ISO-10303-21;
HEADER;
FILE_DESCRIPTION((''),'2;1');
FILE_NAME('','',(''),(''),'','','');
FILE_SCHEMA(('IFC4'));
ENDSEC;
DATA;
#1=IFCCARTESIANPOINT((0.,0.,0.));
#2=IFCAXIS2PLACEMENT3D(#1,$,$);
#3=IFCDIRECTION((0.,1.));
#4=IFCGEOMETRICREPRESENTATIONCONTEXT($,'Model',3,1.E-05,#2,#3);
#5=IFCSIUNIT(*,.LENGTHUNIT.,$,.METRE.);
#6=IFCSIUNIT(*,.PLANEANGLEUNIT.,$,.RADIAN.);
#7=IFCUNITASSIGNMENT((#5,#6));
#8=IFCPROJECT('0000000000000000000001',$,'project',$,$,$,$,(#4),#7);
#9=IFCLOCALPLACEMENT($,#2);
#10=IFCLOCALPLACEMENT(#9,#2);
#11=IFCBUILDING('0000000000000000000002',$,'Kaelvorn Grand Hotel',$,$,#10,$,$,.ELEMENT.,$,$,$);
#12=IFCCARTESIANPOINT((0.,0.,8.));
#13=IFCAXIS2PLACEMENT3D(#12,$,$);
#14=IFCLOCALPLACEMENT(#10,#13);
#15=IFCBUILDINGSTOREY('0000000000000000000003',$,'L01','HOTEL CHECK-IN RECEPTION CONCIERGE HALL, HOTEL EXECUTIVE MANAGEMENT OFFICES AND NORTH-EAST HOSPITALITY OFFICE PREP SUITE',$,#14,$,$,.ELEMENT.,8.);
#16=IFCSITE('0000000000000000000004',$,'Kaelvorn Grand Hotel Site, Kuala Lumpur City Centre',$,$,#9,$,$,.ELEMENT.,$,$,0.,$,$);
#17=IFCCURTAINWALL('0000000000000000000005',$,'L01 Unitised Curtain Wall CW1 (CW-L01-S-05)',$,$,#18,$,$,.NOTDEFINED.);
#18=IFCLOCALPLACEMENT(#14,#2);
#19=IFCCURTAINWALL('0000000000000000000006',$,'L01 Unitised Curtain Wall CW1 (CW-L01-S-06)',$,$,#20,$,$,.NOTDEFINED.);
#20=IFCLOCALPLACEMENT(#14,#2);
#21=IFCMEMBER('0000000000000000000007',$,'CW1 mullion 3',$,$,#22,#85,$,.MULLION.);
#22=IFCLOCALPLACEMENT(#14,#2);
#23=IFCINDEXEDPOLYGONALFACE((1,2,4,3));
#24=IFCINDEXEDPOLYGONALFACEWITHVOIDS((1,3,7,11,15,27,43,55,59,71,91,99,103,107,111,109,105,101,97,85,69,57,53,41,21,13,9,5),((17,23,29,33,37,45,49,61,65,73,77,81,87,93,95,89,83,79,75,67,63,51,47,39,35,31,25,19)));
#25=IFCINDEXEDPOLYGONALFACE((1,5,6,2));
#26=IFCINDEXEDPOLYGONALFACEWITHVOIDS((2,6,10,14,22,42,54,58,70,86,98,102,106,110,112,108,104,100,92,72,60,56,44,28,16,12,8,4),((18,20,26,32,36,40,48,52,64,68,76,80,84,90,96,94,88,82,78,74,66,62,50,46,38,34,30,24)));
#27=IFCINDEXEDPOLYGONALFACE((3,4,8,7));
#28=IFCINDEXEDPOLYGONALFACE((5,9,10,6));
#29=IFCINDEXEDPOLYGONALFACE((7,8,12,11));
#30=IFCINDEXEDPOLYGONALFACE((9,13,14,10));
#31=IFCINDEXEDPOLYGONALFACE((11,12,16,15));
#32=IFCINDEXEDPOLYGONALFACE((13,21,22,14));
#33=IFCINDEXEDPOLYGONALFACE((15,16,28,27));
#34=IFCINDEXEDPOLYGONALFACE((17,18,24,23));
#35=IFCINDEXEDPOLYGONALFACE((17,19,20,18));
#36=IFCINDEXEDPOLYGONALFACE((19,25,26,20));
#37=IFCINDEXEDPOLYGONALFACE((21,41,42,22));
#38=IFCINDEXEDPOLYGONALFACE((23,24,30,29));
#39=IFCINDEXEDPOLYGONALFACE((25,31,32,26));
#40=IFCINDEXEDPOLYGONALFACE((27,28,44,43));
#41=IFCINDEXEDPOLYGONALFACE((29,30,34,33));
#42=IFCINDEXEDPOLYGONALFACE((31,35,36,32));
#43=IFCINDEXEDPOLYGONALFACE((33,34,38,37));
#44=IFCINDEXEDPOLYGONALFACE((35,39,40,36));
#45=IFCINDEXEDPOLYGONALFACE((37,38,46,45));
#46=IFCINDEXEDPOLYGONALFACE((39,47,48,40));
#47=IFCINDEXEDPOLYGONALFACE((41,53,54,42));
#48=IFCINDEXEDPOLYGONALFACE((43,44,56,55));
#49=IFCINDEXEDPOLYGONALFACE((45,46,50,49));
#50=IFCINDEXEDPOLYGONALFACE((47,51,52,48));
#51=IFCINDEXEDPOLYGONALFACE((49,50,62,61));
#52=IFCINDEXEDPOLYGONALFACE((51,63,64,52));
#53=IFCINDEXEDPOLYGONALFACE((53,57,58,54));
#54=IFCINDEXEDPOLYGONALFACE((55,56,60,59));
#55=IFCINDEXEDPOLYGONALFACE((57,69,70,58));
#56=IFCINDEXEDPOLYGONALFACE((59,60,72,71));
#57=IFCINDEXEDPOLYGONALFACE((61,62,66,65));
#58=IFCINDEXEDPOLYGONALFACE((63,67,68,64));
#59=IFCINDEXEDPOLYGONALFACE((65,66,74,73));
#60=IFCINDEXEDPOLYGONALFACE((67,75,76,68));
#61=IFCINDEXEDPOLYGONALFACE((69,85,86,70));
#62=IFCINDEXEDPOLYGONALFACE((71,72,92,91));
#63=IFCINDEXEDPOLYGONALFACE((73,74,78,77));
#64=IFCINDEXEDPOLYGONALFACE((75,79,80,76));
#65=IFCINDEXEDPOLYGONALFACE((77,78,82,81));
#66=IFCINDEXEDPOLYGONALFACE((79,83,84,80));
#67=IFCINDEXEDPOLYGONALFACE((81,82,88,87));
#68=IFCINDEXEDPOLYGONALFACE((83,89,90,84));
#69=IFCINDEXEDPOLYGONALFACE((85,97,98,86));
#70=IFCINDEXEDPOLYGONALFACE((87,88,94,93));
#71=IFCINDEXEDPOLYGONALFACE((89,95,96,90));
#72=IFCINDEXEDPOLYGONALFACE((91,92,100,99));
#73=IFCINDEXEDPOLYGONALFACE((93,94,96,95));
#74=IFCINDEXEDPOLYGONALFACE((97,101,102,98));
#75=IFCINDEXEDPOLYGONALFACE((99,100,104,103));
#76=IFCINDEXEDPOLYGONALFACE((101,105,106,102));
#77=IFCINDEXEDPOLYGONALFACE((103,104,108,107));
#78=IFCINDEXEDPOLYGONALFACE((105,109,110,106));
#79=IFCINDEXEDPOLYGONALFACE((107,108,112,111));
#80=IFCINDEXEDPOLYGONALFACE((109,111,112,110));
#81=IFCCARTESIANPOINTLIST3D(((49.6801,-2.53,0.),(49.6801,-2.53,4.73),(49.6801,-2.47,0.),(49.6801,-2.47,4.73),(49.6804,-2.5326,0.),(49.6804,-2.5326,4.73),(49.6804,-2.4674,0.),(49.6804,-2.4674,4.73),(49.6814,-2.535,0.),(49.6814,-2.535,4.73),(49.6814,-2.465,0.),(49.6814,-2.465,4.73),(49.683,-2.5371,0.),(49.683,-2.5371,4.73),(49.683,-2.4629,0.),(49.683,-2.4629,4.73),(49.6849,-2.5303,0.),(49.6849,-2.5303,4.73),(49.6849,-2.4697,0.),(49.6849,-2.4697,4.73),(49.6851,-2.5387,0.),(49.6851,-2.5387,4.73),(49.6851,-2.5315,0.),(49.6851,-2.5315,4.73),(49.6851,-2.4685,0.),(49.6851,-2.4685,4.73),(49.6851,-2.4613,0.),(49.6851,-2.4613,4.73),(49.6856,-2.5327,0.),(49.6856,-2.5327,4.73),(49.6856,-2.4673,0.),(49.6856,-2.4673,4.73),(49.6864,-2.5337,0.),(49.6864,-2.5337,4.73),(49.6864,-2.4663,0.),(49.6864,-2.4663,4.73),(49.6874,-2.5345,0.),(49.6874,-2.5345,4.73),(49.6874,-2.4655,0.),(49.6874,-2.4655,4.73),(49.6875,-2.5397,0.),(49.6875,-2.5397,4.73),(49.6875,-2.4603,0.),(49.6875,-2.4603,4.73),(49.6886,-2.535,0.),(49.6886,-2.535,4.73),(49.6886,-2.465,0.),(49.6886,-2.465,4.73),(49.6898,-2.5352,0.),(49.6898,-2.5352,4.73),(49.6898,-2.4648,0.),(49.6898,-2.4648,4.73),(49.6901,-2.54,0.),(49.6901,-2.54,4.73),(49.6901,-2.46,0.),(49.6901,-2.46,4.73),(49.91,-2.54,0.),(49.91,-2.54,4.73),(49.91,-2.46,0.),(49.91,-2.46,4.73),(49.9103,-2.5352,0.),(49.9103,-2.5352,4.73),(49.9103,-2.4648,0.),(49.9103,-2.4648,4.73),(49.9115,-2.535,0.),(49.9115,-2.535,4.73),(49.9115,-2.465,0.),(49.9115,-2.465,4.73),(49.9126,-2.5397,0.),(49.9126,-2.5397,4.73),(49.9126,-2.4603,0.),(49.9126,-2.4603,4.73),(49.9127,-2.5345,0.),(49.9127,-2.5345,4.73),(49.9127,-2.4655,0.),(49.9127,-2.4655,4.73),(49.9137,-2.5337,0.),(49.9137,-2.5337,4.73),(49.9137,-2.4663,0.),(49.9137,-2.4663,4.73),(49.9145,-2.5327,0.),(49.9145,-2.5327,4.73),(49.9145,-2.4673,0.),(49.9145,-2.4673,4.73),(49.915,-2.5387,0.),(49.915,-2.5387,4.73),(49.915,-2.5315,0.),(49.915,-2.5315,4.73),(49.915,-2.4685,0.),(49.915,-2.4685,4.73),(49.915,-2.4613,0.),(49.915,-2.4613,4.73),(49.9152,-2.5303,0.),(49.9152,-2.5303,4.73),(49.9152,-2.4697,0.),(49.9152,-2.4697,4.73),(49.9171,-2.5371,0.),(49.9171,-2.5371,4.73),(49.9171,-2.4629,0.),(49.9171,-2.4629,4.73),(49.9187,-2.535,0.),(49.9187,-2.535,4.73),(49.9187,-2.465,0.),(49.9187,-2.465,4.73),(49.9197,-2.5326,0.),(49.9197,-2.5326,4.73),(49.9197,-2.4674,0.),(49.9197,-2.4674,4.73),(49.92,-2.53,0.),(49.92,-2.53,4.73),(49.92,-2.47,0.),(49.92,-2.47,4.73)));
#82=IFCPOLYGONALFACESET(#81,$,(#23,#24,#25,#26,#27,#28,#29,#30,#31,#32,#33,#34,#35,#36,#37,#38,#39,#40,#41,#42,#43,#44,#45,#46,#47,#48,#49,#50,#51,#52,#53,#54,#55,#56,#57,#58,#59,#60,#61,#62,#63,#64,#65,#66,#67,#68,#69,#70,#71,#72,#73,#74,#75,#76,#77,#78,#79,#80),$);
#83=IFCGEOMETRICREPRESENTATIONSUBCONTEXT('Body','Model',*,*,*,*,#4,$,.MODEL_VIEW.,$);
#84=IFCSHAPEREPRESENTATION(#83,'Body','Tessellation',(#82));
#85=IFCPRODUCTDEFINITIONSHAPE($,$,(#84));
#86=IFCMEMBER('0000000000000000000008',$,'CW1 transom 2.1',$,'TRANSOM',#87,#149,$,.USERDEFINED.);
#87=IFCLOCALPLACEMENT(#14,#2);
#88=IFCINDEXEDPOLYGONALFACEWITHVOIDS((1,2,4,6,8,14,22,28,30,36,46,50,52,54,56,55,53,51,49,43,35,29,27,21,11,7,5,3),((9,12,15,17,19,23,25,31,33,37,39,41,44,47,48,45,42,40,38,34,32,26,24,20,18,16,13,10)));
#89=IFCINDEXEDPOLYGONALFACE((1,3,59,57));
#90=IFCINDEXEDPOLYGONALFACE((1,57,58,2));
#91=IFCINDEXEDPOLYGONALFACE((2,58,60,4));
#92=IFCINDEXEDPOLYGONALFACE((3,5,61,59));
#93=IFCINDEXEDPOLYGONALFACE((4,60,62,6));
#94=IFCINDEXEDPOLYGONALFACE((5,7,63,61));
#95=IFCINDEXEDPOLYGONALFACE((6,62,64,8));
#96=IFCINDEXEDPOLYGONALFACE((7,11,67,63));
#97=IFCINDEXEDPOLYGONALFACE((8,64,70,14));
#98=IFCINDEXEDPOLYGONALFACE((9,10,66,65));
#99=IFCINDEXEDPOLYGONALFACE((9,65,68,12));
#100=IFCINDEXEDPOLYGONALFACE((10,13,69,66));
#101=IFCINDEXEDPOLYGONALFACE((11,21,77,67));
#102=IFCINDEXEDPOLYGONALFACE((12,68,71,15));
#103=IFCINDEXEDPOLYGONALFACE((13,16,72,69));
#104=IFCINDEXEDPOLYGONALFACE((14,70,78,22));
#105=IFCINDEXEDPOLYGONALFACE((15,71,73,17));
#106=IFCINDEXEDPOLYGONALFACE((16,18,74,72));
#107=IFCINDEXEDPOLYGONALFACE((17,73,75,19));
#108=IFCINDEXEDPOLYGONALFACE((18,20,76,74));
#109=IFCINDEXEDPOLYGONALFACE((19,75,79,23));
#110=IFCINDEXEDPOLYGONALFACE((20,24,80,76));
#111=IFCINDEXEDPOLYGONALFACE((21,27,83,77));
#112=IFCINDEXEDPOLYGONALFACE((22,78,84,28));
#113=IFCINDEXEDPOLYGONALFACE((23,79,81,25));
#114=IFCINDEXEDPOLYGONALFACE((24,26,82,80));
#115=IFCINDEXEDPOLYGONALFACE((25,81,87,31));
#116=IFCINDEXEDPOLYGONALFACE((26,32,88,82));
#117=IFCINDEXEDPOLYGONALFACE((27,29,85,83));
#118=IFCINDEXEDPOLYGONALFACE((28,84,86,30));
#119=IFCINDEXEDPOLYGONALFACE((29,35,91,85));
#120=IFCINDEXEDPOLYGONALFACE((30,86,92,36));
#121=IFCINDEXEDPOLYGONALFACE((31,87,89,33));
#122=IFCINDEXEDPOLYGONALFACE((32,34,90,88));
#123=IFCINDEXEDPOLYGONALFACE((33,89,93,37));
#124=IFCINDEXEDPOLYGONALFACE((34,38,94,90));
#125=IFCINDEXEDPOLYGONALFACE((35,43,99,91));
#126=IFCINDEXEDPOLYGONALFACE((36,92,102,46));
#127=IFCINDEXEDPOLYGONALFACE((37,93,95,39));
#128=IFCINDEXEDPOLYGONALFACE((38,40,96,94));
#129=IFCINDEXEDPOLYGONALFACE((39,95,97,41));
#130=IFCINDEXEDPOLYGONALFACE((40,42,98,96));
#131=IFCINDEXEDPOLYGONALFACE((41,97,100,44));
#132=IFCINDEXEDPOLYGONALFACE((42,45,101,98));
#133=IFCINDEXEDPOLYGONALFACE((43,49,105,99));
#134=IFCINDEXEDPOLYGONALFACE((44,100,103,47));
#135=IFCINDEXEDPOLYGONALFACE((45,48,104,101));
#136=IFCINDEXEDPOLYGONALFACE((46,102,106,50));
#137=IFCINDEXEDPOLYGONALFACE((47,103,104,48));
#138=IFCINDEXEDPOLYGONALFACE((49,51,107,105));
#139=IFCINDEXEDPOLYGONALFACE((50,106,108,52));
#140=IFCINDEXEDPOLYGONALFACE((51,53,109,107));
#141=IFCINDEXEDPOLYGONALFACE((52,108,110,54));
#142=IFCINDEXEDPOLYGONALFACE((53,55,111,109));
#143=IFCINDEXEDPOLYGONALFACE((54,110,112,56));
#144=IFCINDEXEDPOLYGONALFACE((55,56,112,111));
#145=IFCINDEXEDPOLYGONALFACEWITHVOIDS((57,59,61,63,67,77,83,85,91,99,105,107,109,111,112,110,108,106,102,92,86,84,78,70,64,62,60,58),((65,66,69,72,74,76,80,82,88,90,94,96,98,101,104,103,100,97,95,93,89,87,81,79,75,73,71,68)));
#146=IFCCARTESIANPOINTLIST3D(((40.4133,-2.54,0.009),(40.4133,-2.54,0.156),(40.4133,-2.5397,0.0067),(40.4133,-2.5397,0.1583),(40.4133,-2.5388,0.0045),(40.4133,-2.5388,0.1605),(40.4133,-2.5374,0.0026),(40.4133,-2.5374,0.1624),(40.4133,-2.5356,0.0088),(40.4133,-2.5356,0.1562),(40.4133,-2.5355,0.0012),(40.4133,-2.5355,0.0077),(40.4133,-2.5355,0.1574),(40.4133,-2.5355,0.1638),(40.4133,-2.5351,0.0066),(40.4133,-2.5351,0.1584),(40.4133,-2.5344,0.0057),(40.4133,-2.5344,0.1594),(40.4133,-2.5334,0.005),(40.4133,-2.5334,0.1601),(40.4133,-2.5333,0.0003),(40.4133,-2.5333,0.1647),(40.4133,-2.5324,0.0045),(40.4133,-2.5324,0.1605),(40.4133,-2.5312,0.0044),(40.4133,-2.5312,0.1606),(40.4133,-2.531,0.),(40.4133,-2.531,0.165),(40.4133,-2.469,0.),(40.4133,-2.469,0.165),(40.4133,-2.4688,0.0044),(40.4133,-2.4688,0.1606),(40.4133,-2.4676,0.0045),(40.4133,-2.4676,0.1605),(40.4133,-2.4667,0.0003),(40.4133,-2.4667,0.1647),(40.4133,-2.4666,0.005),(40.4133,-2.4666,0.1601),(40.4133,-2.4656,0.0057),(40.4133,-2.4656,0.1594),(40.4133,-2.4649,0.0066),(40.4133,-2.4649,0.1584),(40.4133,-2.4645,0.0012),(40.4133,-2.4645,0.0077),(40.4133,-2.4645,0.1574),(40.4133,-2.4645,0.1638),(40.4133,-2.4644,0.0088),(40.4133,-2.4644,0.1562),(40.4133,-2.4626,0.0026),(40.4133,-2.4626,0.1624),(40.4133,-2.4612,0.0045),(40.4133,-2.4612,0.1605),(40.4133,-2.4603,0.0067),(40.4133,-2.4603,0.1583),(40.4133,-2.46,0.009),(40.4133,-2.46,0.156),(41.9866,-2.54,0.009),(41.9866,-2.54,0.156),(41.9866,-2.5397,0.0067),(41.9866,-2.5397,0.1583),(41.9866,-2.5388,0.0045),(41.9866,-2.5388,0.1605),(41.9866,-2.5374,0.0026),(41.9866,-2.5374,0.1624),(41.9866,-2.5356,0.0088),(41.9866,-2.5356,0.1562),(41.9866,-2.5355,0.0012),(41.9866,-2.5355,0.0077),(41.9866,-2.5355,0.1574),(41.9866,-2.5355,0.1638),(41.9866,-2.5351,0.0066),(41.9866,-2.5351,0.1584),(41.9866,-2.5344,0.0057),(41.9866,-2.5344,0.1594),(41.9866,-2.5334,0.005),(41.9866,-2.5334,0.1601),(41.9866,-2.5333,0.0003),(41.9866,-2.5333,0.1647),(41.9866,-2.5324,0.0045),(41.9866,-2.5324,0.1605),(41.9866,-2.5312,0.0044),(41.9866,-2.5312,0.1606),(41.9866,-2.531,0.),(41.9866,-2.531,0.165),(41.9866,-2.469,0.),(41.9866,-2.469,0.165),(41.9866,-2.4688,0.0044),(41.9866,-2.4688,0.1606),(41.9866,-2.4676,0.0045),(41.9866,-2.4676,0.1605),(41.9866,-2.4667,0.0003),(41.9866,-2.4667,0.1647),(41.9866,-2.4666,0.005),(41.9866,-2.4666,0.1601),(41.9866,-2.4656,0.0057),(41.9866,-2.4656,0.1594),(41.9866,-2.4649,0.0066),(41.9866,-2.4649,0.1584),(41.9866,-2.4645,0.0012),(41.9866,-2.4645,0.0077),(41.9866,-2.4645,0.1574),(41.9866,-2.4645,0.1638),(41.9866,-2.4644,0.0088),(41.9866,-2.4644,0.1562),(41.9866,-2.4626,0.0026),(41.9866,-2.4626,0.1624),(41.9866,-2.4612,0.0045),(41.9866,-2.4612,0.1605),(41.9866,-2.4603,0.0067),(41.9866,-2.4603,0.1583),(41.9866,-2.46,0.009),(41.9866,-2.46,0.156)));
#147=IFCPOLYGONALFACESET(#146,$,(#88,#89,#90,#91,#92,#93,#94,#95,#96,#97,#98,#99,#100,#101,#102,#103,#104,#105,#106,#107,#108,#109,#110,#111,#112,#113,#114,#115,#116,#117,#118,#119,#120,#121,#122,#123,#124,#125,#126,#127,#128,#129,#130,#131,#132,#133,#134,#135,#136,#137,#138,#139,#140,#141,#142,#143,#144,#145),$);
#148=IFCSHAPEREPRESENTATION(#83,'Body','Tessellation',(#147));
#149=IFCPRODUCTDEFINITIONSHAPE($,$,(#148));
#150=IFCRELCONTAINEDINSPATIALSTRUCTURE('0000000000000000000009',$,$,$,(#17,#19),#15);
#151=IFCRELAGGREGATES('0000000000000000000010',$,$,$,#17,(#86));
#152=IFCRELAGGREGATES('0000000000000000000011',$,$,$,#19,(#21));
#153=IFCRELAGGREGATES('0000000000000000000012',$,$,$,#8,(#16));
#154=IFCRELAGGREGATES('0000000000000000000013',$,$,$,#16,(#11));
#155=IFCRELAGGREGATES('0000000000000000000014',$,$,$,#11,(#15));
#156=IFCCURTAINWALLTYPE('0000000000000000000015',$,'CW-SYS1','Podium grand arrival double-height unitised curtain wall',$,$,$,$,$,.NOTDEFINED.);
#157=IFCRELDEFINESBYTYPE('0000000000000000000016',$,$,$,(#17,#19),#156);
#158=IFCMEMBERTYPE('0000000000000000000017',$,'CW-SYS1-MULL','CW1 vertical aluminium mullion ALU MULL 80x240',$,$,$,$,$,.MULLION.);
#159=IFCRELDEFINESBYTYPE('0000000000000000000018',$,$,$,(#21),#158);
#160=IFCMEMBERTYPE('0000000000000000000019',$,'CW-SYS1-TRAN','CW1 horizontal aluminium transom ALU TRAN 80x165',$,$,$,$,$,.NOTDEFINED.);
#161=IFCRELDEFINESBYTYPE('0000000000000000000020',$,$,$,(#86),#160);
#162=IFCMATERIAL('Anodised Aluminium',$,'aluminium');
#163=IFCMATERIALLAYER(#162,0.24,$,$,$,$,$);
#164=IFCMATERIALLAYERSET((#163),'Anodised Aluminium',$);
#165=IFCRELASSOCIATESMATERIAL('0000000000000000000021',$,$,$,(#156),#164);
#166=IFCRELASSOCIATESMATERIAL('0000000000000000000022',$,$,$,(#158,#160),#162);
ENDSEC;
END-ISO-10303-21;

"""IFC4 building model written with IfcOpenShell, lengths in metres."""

from ifc_helpers import new_model, si_unit, direction, frame, origin, origin_2d, place, context, subcontext, project, spatial, hollow_rectangle, extrude, material, layer, layer_set, material_profile, profile_set, type_object, element, aggregate, save


model = new_model("IFC4")

# Units and contexts
model_context = context("Model", 3, precision=1e-05, world=origin(), true_north=direction((0.0, 1.0)))
body_context = subcontext(model_context, "Body", "Model", "MODEL_VIEW")
ifc_project = project(units=[si_unit("LENGTHUNIT", "METRE"), si_unit("PLANEANGLEUNIT", "RADIAN")], contexts=[model_context])

# Site, building, storey
site_placement = place(None, origin())
site = spatial("IfcSite", under=ifc_project, at=site_placement, Name="Kaelvorn Grand Hotel Site, Kuala Lumpur City Centre", CompositionType="ELEMENT", RefElevation=0.0)
building_placement = place(site_placement, origin())
building = spatial("IfcBuilding", under=site, at=building_placement, Name="Kaelvorn Grand Hotel", CompositionType="ELEMENT")
storey_placement = place(building_placement, frame((0.0, 0.0, 8.0)))
storey = spatial("IfcBuildingStorey", under=building, at=storey_placement, Name="L01", Description="HOTEL CHECK-IN RECEPTION CONCIERGE HALL, HOTEL EXECUTIVE MANAGEMENT OFFICES AND NORTH-EAST HOSPITALITY OFFICE PREP SUITE", CompositionType="ELEMENT", Elevation=8.0)

# Curtain walls, member
ifc_material_1 = material(Name="Anodised Aluminium", Category="aluminium")
ifc_layer_1 = layer(ifc_material_1, 0.24)
ifc_layer_set_1 = layer_set([ifc_layer_1], Name="Anodised Aluminium")
curtain_wall_type = type_object("IfcCurtainWallType", Name="CW-SYS1", Description="Podium grand arrival double-height unitised curtain wall", PredefinedType="NOTDEFINED", material=ifc_layer_set_1)
curtain_wall_1_placement = place(storey_placement, origin())
curtain_wall_1 = element("IfcCurtainWall", 1, at=curtain_wall_1_placement, inside=storey, type_object=curtain_wall_type, Name="L01 Unitised Curtain Wall CW1 (CW-L01-S-05)", PredefinedType="NOTDEFINED")
ifc_material_profile_1 = material_profile(ifc_material_1, hollow_rectangle(XDim=0.0801, YDim=0.24, WallThickness=0.0049, InnerFilletRadius=0.0049, OuterFilletRadius=0.01, at=origin_2d()), Name="ALU MULL 80x240")
ifc_profile_set_1 = profile_set([ifc_material_profile_1], Name="Anodised Aluminium")
member_type_1 = type_object("IfcMemberType", Name="CW-SYS1-MULL", Description="CW1 vertical aluminium mullion ALU MULL 80x240", PredefinedType="MULLION", material=ifc_profile_set_1)
curtain_wall_2_placement = place(storey_placement, origin())
curtain_wall_2 = element("IfcCurtainWall", 2, at=curtain_wall_2_placement, inside=storey, type_object=curtain_wall_type, Name="L01 Unitised Curtain Wall CW1 (CW-L01-S-06)", PredefinedType="NOTDEFINED")
member_1_placement = place(storey_placement, frame((49.8, -2.5, 0.0), z_axis=(0.0, 0.0, 1.0), x_axis=(0.0, 1.0, 0.0)))
member_1 = element("IfcMember", 3, at=member_1_placement, type_object=member_type_1, Name="CW1 mullion 3", PredefinedType="MULLION", context=body_context, shape_type="SweptSolid", body=[
    extrude(hollow_rectangle(XDim=0.0801, YDim=0.24, WallThickness=0.0049, InnerFilletRadius=0.0049, OuterFilletRadius=0.01, at=origin_2d()), origin(), (0.0, 0.0, 1.0), 4.73),
])

# Member
ifc_material_profile_2 = material_profile(ifc_material_1, hollow_rectangle(XDim=0.0801, YDim=0.165, WallThickness=0.0044, InnerFilletRadius=0.0044, OuterFilletRadius=0.009, at=origin_2d()), Name="ALU TRAN 80x165")
ifc_profile_set_2 = profile_set([ifc_material_profile_2], Name="Anodised Aluminium")
member_type_2 = type_object("IfcMemberType", Name="CW-SYS1-TRAN", Description="CW1 horizontal aluminium transom ALU TRAN 80x165", PredefinedType="NOTDEFINED", material=ifc_profile_set_2)
member_2_placement = place(storey_placement, frame((40.4133, -2.5, 0.0825), z_axis=(1.0, 0.0, 0.0), x_axis=(0.0, 1.0, 0.0)))
member_2 = element("IfcMember", 4, at=member_2_placement, type_object=member_type_2, Name="CW1 transom 2.1", ObjectType="TRANSOM", PredefinedType="USERDEFINED", context=body_context, shape_type="SweptSolid", body=[
    extrude(hollow_rectangle(XDim=0.0801, YDim=0.165, WallThickness=0.0044, InnerFilletRadius=0.0044, OuterFilletRadius=0.009, at=origin_2d()), origin(), (0.0, 0.0, 1.0), 1.5732),
])

aggregate(curtain_wall_1, [member_2])
aggregate(curtain_wall_2, [member_1])

save(model, "model.ifc")
